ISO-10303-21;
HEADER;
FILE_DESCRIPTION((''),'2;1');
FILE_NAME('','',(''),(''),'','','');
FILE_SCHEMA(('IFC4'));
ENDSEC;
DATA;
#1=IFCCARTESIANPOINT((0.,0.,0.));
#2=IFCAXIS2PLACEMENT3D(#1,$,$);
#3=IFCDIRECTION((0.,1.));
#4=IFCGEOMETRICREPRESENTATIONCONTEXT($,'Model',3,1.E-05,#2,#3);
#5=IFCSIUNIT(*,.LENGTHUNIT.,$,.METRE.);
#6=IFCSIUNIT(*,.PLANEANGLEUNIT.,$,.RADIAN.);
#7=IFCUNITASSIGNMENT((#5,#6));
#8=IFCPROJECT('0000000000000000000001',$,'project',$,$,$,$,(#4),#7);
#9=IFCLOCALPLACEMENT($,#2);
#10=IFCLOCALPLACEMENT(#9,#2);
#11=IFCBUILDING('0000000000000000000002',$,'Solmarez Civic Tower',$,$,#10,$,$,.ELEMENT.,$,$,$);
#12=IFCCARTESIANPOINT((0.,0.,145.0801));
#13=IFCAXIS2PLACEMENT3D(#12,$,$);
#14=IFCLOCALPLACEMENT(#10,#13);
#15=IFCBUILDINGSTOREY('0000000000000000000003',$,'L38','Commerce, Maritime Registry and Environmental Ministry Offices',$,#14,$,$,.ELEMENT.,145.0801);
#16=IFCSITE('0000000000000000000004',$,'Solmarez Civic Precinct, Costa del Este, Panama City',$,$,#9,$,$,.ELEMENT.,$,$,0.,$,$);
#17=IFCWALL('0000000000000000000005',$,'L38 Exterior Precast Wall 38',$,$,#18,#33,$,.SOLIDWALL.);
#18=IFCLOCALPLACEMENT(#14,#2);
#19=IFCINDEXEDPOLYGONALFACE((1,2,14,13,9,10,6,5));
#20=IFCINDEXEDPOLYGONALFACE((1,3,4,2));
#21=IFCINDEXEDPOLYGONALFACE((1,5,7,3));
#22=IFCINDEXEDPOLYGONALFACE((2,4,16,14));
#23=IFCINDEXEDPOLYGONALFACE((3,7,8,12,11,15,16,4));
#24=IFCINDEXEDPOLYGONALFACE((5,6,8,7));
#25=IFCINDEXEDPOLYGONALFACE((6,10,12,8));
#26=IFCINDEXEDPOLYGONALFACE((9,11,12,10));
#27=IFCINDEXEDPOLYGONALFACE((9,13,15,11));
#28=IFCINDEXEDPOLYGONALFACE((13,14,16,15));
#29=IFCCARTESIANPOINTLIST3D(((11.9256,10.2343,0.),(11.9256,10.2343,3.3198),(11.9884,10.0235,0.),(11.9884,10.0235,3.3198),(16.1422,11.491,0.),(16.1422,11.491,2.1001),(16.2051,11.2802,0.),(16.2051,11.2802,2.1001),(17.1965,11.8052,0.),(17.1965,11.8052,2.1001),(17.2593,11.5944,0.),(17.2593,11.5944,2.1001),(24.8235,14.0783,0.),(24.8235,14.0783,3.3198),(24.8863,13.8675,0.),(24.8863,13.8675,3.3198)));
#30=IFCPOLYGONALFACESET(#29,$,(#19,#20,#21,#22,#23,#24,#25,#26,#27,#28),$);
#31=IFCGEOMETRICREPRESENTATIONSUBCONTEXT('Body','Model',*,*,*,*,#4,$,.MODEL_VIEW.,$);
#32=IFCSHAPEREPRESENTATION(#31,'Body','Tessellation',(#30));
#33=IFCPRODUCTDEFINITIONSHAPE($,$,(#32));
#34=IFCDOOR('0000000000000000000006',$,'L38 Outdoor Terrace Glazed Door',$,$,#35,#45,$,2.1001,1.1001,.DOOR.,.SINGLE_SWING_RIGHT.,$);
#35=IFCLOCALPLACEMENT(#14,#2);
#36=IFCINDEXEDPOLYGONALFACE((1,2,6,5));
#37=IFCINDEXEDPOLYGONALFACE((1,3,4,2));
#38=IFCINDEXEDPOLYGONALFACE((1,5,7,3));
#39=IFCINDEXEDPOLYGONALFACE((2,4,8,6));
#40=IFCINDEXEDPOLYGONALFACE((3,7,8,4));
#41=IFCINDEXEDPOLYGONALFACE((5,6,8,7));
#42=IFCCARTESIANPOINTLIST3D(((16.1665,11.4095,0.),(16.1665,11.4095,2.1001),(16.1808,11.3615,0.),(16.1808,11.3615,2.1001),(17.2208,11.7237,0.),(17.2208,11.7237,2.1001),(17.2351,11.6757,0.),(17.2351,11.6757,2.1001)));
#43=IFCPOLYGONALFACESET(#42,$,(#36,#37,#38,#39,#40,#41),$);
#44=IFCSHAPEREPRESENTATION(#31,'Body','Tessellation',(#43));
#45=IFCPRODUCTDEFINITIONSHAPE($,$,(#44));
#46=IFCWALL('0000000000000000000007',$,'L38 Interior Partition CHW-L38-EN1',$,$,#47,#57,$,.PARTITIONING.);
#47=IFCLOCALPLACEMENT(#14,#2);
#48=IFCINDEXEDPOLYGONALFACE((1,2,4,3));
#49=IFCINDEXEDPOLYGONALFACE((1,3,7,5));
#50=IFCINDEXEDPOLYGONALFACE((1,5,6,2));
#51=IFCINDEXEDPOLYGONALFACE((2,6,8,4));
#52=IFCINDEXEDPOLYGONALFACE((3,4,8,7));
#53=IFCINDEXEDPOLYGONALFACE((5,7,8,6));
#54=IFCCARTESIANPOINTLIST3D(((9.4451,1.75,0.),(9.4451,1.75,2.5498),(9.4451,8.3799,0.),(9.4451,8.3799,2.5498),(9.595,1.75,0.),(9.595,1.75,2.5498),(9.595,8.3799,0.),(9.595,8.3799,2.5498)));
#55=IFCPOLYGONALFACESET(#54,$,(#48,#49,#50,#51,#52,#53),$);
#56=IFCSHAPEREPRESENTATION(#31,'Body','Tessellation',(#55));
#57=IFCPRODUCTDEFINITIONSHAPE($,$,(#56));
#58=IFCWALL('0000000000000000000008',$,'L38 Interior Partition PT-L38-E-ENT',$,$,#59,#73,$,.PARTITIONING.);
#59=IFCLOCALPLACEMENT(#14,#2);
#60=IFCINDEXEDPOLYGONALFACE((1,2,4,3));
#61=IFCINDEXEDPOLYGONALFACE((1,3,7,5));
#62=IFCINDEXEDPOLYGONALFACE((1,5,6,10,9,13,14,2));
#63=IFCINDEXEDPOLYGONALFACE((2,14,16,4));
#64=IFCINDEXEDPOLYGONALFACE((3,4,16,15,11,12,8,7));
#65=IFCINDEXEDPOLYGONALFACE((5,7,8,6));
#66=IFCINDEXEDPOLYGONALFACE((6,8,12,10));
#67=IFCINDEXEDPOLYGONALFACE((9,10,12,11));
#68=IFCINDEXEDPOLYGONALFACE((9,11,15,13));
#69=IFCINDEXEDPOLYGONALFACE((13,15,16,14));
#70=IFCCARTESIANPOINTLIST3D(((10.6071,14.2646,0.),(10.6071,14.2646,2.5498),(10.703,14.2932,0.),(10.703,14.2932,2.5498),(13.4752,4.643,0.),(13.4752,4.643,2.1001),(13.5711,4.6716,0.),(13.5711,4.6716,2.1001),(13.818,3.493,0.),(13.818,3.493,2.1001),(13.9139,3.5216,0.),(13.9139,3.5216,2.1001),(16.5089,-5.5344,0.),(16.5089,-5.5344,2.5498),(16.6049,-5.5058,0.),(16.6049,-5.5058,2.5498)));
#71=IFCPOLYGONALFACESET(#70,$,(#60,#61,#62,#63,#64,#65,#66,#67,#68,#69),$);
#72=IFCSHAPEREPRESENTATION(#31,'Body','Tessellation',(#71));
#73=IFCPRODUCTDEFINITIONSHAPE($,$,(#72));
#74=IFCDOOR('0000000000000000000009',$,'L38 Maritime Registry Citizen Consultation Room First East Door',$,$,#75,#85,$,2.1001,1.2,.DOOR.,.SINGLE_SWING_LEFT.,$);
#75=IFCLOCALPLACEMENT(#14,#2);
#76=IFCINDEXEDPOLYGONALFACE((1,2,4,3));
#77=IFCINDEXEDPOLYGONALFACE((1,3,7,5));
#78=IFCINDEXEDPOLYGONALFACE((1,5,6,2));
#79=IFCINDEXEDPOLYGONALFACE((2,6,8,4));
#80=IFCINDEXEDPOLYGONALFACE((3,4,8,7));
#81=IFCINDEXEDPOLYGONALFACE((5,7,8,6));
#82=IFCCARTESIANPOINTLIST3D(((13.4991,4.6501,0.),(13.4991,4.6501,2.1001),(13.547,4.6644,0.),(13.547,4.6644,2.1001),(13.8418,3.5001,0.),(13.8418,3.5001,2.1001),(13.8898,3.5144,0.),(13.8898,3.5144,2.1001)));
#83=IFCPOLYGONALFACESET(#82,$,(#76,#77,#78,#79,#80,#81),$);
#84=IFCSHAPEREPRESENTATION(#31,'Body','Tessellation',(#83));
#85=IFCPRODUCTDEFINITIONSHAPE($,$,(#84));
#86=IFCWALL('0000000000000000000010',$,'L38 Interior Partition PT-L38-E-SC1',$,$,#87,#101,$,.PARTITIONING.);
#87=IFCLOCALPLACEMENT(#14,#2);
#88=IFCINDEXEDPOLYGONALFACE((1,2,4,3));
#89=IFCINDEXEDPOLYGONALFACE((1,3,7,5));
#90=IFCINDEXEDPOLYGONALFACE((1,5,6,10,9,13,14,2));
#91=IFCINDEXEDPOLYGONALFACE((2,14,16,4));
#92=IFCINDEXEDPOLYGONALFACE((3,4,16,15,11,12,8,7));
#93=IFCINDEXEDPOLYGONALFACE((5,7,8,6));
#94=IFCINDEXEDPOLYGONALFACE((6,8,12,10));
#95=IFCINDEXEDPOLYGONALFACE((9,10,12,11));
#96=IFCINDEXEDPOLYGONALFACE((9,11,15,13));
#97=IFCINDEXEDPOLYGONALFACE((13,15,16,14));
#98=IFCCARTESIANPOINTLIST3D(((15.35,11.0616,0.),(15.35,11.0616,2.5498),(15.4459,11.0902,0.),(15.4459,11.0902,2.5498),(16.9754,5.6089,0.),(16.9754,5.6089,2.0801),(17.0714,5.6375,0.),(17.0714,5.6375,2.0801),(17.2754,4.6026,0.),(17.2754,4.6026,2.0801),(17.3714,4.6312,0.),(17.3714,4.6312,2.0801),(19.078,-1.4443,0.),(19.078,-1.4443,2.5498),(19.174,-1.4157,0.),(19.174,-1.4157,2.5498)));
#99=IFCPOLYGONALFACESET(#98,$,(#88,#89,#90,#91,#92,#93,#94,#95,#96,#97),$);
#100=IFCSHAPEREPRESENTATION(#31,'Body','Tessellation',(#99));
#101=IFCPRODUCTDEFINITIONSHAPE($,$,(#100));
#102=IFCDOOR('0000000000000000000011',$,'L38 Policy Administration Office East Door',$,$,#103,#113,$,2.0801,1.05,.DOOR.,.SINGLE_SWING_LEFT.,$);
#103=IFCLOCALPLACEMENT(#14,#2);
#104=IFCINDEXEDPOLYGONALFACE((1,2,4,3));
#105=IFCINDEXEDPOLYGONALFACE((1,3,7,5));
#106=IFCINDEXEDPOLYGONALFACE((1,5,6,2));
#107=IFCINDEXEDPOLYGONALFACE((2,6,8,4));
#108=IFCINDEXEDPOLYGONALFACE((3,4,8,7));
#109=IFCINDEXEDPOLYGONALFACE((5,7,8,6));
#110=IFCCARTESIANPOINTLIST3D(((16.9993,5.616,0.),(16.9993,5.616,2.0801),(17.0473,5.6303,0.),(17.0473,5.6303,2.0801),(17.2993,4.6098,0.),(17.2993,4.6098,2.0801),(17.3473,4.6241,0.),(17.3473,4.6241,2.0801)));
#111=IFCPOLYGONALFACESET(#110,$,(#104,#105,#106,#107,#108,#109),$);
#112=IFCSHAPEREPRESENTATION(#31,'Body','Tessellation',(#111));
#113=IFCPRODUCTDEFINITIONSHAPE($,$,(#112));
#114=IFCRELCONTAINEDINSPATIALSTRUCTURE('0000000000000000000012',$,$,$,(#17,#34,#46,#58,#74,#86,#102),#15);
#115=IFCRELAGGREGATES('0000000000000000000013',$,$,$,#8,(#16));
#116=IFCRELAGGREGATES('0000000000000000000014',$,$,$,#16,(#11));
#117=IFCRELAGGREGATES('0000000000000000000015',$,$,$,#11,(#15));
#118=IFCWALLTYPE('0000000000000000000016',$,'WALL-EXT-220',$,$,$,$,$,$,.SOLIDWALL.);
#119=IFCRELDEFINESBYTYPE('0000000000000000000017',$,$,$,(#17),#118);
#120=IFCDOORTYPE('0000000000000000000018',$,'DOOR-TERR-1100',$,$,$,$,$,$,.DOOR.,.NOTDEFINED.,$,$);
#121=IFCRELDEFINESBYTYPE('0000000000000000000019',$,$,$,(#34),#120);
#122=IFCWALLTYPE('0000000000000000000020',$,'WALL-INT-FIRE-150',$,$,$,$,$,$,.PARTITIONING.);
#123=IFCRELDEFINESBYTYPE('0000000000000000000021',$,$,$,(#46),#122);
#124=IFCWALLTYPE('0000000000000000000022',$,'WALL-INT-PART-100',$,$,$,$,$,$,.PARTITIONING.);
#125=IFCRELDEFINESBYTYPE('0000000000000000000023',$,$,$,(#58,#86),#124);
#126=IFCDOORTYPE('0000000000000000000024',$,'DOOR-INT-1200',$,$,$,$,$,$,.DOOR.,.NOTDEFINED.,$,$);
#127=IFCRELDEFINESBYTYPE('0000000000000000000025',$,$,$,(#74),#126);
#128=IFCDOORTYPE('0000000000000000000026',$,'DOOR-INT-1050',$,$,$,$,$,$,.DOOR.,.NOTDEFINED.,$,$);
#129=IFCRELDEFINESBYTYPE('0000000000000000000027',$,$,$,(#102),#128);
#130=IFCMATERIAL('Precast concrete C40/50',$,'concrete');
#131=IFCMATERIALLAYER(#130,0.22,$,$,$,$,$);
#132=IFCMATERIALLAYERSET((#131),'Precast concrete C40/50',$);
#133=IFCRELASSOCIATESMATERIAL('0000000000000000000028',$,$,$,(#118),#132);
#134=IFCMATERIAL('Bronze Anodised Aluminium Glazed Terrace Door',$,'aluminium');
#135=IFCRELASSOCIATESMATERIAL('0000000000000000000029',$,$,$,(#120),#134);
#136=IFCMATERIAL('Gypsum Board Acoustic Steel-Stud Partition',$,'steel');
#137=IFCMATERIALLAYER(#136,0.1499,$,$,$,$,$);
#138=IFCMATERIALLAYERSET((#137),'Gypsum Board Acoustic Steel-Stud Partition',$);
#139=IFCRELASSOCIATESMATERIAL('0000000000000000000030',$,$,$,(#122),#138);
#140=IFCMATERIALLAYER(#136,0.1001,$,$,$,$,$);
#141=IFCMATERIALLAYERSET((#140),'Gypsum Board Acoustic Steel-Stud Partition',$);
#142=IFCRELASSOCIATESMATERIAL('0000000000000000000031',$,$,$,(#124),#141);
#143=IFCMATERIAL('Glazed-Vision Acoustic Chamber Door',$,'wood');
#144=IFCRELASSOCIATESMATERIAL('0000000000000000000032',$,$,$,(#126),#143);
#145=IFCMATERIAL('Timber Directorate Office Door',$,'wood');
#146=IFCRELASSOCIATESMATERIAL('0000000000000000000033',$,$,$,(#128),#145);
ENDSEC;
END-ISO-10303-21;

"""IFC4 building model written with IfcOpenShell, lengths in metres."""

from ifc_helpers import new_model, si_unit, direction, frame, frame_2d, origin, place, context, subcontext, project, spatial, rectangle, extrude, material, layer, layer_set, type_object, element, fill, save


model = new_model("IFC4")

# Units and contexts
model_context = context("Model", 3, precision=1e-05, world=origin(), true_north=direction((0.0, 1.0)))
body_context = subcontext(model_context, "Body", "Model", "MODEL_VIEW")
ifc_project = project(units=[si_unit("LENGTHUNIT", "METRE"), si_unit("PLANEANGLEUNIT", "RADIAN")], contexts=[model_context])

# Site, building, storey
site_placement = place(None, origin())
site = spatial("IfcSite", under=ifc_project, at=site_placement, Name="Solmarez Civic Precinct, Costa del Este, Panama City", CompositionType="ELEMENT", RefElevation=0.0)
building_placement = place(site_placement, origin())
building = spatial("IfcBuilding", under=site, at=building_placement, Name="Solmarez Civic Tower", CompositionType="ELEMENT")
storey_placement = place(building_placement, frame((0.0, 0.0, 145.0801)))
storey = spatial("IfcBuildingStorey", under=building, at=storey_placement, Name="L38", Description="Commerce, Maritime Registry and Environmental Ministry Offices", CompositionType="ELEMENT", Elevation=145.0801)

# Shared definitions
ifc_material_1 = material(Name="Precast concrete C40/50", Category="concrete")
ifc_layer_1 = layer(ifc_material_1, 0.22)
ifc_layer_set_1 = layer_set([ifc_layer_1], Name="Precast concrete C40/50")
wall_type_1 = type_object("IfcWallType", Name="WALL-EXT-220", PredefinedType="SOLIDWALL", material=ifc_layer_set_1)

# Wall, opening, door
wall_1_placement = place(storey_placement, frame((11.957, 10.1289, 0.0), z_axis=(0.0, 0.0, 1.0), x_axis=(0.958344, 0.285617, 0.0)))
wall_1 = element("IfcWall", 1, at=wall_1_placement, inside=storey, type_object=wall_type_1, Name="L38 Exterior Precast Wall 38", PredefinedType="SOLIDWALL", context=body_context, shape_type="SweptSolid", body=[
    extrude(rectangle(XDim=13.4585, YDim=0.22, at=frame_2d((6.7292, 0.0))), origin(), (0.0, 0.0, 1.0), 3.3198),
])
opening_1_placement = place(wall_1_placement, frame((4.3999, 0.0, 0.0)))
opening_1 = element("IfcOpeningElement", 2, at=opening_1_placement, cuts=wall_1, PredefinedType="OPENING", context=body_context, shape_type="SweptSolid", body=[
    extrude(rectangle(XDim=1.1001, YDim=2.1001, at=frame_2d((0.55, 1.05))), frame((0.0, 0.1199, 0.0), z_axis=(0.0, -1.0, 0.0), x_axis=(1.0, 0.0, 0.0)), (0.0, 0.0, 1.0), 0.24),
])
ifc_material_2 = material(Name="Bronze Anodised Aluminium Glazed Terrace Door", Category="aluminium")
door_type_1 = type_object("IfcDoorType", Name="DOOR-TERR-1100", OperationType="NOTDEFINED", PredefinedType="DOOR", material=ifc_material_2)
door_1_placement = place(opening_1_placement, origin())
door_1 = element("IfcDoor", 3, at=door_1_placement, inside=storey, type_object=door_type_1, Name="L38 Outdoor Terrace Glazed Door", OperationType="SINGLE_SWING_RIGHT", OverallHeight=2.1001, OverallWidth=1.1001, PredefinedType="DOOR", context=body_context, shape_type="SweptSolid", body=[
    extrude(rectangle(XDim=1.1001, YDim=2.1001, at=frame_2d((0.55, 1.05))), frame((0.0, 0.0249, 0.0), z_axis=(0.0, -1.0, 0.0), x_axis=(1.0, 0.0, 0.0)), (0.0, 0.0, 1.0), 0.05),
])
fill(opening_1, door_1)

# Wall
ifc_material_3 = material(Name="Gypsum Board Acoustic Steel-Stud Partition", Category="steel")
ifc_layer_2 = layer(ifc_material_3, 0.1499)
ifc_layer_set_2 = layer_set([ifc_layer_2], Name="Gypsum Board Acoustic Steel-Stud Partition")
wall_type_2 = type_object("IfcWallType", Name="WALL-INT-FIRE-150", PredefinedType="PARTITIONING", material=ifc_layer_set_2)
wall_2_placement = place(storey_placement, frame((9.52, 1.75, 0.0), z_axis=(0.0, 0.0, 1.0), x_axis=(0.0, 1.0, 0.0)))
element("IfcWall", 4, at=wall_2_placement, inside=storey, type_object=wall_type_2, Name="L38 Interior Partition CHW-L38-EN1", PredefinedType="PARTITIONING", context=body_context, shape_type="SweptSolid", body=[
    extrude(rectangle(XDim=6.6299, YDim=0.1499, at=frame_2d((3.3149, 0.0))), origin(), (0.0, 0.0, 1.0), 2.5498),
])

# Walls, openings, doors
ifc_layer_3 = layer(ifc_material_3, 0.1001)
ifc_layer_set_3 = layer_set([ifc_layer_3], Name="Gypsum Board Acoustic Steel-Stud Partition")
wall_type_3 = type_object("IfcWallType", Name="WALL-INT-PART-100", PredefinedType="PARTITIONING", material=ifc_layer_set_3)
wall_3_placement = place(storey_placement, frame((10.655, 14.2791, 0.0), z_axis=(0.0, 0.0, 1.0), x_axis=(0.285666, -0.958329, 0.0)))
wall_3 = element("IfcWall", 5, at=wall_3_placement, inside=storey, type_object=wall_type_3, Name="L38 Interior Partition PT-L38-E-ENT", PredefinedType="PARTITIONING", context=body_context, shape_type="SweptSolid", body=[
    extrude(rectangle(XDim=20.6599, YDim=0.1001, at=frame_2d((10.3301, 0.0))), origin(), (0.0, 0.0, 1.0), 2.5498),
])
opening_2_placement = place(wall_3_placement, frame((10.04, 0.0, 0.0)))
opening_2 = element("IfcOpeningElement", 6, at=opening_2_placement, cuts=wall_3, PredefinedType="OPENING", context=body_context, shape_type="SweptSolid", body=[
    extrude(rectangle(XDim=1.2, YDim=2.1001, at=frame_2d((0.6001, 1.05))), frame((0.0, 0.0601, 0.0), z_axis=(0.0, -1.0, 0.0), x_axis=(1.0, 0.0, 0.0)), (0.0, 0.0, 1.0), 0.1201),
])
ifc_material_4 = material(Name="Glazed-Vision Acoustic Chamber Door", Category="wood")
door_type_2 = type_object("IfcDoorType", Name="DOOR-INT-1200", OperationType="NOTDEFINED", PredefinedType="DOOR", material=ifc_material_4)
door_2_placement = place(opening_2_placement, origin())
door_2 = element("IfcDoor", 7, at=door_2_placement, inside=storey, type_object=door_type_2, Name="L38 Maritime Registry Citizen Consultation Room First East Door", OperationType="SINGLE_SWING_LEFT", OverallHeight=2.1001, OverallWidth=1.2, PredefinedType="DOOR", context=body_context, shape_type="SweptSolid", body=[
    extrude(rectangle(XDim=1.2, YDim=2.1001, at=frame_2d((0.6001, 1.05))), frame((0.0, 0.0249, 0.0), z_axis=(0.0, -1.0, 0.0), x_axis=(1.0, 0.0, 0.0)), (0.0, 0.0, 1.0), 0.05),
])
fill(opening_2, door_2)
wall_4_placement = place(storey_placement, frame((15.3979, 11.0759, 0.0), z_axis=(0.0, 0.0, 1.0), x_axis=(0.285679, -0.958325, 0.0)))
wall_4 = element("IfcWall", 8, at=wall_4_placement, inside=storey, type_object=wall_type_3, Name="L38 Interior Partition PT-L38-E-SC1", PredefinedType="PARTITIONING", context=body_context, shape_type="SweptSolid", body=[
    extrude(rectangle(XDim=13.0498, YDim=0.1001, at=frame_2d((6.5249, 0.0))), origin(), (0.0, 0.0, 1.0), 2.5498),
])
opening_3_placement = place(wall_4_placement, frame((5.6899, 0.0, 0.0)))
opening_3 = element("IfcOpeningElement", 9, at=opening_3_placement, cuts=wall_4, PredefinedType="OPENING", context=body_context, shape_type="SweptSolid", body=[
    extrude(rectangle(XDim=1.05, YDim=2.0801, at=frame_2d((0.5249, 1.04))), frame((0.0, 0.0601, 0.0), z_axis=(0.0, -1.0, 0.0), x_axis=(1.0, 0.0, 0.0)), (0.0, 0.0, 1.0), 0.1201),
])
ifc_material_5 = material(Name="Timber Directorate Office Door", Category="wood")
door_type_3 = type_object("IfcDoorType", Name="DOOR-INT-1050", OperationType="NOTDEFINED", PredefinedType="DOOR", material=ifc_material_5)
door_3_placement = place(opening_3_placement, origin())
door_3 = element("IfcDoor", 10, at=door_3_placement, inside=storey, type_object=door_type_3, Name="L38 Policy Administration Office East Door", OperationType="SINGLE_SWING_LEFT", OverallHeight=2.0801, OverallWidth=1.05, PredefinedType="DOOR", context=body_context, shape_type="SweptSolid", body=[
    extrude(rectangle(XDim=1.05, YDim=2.0801, at=frame_2d((0.5249, 1.04))), frame((0.0, 0.0249, 0.0), z_axis=(0.0, -1.0, 0.0), x_axis=(1.0, 0.0, 0.0)), (0.0, 0.0, 1.0), 0.05),
])
fill(opening_3, door_3)

save(model, "model.ifc")
